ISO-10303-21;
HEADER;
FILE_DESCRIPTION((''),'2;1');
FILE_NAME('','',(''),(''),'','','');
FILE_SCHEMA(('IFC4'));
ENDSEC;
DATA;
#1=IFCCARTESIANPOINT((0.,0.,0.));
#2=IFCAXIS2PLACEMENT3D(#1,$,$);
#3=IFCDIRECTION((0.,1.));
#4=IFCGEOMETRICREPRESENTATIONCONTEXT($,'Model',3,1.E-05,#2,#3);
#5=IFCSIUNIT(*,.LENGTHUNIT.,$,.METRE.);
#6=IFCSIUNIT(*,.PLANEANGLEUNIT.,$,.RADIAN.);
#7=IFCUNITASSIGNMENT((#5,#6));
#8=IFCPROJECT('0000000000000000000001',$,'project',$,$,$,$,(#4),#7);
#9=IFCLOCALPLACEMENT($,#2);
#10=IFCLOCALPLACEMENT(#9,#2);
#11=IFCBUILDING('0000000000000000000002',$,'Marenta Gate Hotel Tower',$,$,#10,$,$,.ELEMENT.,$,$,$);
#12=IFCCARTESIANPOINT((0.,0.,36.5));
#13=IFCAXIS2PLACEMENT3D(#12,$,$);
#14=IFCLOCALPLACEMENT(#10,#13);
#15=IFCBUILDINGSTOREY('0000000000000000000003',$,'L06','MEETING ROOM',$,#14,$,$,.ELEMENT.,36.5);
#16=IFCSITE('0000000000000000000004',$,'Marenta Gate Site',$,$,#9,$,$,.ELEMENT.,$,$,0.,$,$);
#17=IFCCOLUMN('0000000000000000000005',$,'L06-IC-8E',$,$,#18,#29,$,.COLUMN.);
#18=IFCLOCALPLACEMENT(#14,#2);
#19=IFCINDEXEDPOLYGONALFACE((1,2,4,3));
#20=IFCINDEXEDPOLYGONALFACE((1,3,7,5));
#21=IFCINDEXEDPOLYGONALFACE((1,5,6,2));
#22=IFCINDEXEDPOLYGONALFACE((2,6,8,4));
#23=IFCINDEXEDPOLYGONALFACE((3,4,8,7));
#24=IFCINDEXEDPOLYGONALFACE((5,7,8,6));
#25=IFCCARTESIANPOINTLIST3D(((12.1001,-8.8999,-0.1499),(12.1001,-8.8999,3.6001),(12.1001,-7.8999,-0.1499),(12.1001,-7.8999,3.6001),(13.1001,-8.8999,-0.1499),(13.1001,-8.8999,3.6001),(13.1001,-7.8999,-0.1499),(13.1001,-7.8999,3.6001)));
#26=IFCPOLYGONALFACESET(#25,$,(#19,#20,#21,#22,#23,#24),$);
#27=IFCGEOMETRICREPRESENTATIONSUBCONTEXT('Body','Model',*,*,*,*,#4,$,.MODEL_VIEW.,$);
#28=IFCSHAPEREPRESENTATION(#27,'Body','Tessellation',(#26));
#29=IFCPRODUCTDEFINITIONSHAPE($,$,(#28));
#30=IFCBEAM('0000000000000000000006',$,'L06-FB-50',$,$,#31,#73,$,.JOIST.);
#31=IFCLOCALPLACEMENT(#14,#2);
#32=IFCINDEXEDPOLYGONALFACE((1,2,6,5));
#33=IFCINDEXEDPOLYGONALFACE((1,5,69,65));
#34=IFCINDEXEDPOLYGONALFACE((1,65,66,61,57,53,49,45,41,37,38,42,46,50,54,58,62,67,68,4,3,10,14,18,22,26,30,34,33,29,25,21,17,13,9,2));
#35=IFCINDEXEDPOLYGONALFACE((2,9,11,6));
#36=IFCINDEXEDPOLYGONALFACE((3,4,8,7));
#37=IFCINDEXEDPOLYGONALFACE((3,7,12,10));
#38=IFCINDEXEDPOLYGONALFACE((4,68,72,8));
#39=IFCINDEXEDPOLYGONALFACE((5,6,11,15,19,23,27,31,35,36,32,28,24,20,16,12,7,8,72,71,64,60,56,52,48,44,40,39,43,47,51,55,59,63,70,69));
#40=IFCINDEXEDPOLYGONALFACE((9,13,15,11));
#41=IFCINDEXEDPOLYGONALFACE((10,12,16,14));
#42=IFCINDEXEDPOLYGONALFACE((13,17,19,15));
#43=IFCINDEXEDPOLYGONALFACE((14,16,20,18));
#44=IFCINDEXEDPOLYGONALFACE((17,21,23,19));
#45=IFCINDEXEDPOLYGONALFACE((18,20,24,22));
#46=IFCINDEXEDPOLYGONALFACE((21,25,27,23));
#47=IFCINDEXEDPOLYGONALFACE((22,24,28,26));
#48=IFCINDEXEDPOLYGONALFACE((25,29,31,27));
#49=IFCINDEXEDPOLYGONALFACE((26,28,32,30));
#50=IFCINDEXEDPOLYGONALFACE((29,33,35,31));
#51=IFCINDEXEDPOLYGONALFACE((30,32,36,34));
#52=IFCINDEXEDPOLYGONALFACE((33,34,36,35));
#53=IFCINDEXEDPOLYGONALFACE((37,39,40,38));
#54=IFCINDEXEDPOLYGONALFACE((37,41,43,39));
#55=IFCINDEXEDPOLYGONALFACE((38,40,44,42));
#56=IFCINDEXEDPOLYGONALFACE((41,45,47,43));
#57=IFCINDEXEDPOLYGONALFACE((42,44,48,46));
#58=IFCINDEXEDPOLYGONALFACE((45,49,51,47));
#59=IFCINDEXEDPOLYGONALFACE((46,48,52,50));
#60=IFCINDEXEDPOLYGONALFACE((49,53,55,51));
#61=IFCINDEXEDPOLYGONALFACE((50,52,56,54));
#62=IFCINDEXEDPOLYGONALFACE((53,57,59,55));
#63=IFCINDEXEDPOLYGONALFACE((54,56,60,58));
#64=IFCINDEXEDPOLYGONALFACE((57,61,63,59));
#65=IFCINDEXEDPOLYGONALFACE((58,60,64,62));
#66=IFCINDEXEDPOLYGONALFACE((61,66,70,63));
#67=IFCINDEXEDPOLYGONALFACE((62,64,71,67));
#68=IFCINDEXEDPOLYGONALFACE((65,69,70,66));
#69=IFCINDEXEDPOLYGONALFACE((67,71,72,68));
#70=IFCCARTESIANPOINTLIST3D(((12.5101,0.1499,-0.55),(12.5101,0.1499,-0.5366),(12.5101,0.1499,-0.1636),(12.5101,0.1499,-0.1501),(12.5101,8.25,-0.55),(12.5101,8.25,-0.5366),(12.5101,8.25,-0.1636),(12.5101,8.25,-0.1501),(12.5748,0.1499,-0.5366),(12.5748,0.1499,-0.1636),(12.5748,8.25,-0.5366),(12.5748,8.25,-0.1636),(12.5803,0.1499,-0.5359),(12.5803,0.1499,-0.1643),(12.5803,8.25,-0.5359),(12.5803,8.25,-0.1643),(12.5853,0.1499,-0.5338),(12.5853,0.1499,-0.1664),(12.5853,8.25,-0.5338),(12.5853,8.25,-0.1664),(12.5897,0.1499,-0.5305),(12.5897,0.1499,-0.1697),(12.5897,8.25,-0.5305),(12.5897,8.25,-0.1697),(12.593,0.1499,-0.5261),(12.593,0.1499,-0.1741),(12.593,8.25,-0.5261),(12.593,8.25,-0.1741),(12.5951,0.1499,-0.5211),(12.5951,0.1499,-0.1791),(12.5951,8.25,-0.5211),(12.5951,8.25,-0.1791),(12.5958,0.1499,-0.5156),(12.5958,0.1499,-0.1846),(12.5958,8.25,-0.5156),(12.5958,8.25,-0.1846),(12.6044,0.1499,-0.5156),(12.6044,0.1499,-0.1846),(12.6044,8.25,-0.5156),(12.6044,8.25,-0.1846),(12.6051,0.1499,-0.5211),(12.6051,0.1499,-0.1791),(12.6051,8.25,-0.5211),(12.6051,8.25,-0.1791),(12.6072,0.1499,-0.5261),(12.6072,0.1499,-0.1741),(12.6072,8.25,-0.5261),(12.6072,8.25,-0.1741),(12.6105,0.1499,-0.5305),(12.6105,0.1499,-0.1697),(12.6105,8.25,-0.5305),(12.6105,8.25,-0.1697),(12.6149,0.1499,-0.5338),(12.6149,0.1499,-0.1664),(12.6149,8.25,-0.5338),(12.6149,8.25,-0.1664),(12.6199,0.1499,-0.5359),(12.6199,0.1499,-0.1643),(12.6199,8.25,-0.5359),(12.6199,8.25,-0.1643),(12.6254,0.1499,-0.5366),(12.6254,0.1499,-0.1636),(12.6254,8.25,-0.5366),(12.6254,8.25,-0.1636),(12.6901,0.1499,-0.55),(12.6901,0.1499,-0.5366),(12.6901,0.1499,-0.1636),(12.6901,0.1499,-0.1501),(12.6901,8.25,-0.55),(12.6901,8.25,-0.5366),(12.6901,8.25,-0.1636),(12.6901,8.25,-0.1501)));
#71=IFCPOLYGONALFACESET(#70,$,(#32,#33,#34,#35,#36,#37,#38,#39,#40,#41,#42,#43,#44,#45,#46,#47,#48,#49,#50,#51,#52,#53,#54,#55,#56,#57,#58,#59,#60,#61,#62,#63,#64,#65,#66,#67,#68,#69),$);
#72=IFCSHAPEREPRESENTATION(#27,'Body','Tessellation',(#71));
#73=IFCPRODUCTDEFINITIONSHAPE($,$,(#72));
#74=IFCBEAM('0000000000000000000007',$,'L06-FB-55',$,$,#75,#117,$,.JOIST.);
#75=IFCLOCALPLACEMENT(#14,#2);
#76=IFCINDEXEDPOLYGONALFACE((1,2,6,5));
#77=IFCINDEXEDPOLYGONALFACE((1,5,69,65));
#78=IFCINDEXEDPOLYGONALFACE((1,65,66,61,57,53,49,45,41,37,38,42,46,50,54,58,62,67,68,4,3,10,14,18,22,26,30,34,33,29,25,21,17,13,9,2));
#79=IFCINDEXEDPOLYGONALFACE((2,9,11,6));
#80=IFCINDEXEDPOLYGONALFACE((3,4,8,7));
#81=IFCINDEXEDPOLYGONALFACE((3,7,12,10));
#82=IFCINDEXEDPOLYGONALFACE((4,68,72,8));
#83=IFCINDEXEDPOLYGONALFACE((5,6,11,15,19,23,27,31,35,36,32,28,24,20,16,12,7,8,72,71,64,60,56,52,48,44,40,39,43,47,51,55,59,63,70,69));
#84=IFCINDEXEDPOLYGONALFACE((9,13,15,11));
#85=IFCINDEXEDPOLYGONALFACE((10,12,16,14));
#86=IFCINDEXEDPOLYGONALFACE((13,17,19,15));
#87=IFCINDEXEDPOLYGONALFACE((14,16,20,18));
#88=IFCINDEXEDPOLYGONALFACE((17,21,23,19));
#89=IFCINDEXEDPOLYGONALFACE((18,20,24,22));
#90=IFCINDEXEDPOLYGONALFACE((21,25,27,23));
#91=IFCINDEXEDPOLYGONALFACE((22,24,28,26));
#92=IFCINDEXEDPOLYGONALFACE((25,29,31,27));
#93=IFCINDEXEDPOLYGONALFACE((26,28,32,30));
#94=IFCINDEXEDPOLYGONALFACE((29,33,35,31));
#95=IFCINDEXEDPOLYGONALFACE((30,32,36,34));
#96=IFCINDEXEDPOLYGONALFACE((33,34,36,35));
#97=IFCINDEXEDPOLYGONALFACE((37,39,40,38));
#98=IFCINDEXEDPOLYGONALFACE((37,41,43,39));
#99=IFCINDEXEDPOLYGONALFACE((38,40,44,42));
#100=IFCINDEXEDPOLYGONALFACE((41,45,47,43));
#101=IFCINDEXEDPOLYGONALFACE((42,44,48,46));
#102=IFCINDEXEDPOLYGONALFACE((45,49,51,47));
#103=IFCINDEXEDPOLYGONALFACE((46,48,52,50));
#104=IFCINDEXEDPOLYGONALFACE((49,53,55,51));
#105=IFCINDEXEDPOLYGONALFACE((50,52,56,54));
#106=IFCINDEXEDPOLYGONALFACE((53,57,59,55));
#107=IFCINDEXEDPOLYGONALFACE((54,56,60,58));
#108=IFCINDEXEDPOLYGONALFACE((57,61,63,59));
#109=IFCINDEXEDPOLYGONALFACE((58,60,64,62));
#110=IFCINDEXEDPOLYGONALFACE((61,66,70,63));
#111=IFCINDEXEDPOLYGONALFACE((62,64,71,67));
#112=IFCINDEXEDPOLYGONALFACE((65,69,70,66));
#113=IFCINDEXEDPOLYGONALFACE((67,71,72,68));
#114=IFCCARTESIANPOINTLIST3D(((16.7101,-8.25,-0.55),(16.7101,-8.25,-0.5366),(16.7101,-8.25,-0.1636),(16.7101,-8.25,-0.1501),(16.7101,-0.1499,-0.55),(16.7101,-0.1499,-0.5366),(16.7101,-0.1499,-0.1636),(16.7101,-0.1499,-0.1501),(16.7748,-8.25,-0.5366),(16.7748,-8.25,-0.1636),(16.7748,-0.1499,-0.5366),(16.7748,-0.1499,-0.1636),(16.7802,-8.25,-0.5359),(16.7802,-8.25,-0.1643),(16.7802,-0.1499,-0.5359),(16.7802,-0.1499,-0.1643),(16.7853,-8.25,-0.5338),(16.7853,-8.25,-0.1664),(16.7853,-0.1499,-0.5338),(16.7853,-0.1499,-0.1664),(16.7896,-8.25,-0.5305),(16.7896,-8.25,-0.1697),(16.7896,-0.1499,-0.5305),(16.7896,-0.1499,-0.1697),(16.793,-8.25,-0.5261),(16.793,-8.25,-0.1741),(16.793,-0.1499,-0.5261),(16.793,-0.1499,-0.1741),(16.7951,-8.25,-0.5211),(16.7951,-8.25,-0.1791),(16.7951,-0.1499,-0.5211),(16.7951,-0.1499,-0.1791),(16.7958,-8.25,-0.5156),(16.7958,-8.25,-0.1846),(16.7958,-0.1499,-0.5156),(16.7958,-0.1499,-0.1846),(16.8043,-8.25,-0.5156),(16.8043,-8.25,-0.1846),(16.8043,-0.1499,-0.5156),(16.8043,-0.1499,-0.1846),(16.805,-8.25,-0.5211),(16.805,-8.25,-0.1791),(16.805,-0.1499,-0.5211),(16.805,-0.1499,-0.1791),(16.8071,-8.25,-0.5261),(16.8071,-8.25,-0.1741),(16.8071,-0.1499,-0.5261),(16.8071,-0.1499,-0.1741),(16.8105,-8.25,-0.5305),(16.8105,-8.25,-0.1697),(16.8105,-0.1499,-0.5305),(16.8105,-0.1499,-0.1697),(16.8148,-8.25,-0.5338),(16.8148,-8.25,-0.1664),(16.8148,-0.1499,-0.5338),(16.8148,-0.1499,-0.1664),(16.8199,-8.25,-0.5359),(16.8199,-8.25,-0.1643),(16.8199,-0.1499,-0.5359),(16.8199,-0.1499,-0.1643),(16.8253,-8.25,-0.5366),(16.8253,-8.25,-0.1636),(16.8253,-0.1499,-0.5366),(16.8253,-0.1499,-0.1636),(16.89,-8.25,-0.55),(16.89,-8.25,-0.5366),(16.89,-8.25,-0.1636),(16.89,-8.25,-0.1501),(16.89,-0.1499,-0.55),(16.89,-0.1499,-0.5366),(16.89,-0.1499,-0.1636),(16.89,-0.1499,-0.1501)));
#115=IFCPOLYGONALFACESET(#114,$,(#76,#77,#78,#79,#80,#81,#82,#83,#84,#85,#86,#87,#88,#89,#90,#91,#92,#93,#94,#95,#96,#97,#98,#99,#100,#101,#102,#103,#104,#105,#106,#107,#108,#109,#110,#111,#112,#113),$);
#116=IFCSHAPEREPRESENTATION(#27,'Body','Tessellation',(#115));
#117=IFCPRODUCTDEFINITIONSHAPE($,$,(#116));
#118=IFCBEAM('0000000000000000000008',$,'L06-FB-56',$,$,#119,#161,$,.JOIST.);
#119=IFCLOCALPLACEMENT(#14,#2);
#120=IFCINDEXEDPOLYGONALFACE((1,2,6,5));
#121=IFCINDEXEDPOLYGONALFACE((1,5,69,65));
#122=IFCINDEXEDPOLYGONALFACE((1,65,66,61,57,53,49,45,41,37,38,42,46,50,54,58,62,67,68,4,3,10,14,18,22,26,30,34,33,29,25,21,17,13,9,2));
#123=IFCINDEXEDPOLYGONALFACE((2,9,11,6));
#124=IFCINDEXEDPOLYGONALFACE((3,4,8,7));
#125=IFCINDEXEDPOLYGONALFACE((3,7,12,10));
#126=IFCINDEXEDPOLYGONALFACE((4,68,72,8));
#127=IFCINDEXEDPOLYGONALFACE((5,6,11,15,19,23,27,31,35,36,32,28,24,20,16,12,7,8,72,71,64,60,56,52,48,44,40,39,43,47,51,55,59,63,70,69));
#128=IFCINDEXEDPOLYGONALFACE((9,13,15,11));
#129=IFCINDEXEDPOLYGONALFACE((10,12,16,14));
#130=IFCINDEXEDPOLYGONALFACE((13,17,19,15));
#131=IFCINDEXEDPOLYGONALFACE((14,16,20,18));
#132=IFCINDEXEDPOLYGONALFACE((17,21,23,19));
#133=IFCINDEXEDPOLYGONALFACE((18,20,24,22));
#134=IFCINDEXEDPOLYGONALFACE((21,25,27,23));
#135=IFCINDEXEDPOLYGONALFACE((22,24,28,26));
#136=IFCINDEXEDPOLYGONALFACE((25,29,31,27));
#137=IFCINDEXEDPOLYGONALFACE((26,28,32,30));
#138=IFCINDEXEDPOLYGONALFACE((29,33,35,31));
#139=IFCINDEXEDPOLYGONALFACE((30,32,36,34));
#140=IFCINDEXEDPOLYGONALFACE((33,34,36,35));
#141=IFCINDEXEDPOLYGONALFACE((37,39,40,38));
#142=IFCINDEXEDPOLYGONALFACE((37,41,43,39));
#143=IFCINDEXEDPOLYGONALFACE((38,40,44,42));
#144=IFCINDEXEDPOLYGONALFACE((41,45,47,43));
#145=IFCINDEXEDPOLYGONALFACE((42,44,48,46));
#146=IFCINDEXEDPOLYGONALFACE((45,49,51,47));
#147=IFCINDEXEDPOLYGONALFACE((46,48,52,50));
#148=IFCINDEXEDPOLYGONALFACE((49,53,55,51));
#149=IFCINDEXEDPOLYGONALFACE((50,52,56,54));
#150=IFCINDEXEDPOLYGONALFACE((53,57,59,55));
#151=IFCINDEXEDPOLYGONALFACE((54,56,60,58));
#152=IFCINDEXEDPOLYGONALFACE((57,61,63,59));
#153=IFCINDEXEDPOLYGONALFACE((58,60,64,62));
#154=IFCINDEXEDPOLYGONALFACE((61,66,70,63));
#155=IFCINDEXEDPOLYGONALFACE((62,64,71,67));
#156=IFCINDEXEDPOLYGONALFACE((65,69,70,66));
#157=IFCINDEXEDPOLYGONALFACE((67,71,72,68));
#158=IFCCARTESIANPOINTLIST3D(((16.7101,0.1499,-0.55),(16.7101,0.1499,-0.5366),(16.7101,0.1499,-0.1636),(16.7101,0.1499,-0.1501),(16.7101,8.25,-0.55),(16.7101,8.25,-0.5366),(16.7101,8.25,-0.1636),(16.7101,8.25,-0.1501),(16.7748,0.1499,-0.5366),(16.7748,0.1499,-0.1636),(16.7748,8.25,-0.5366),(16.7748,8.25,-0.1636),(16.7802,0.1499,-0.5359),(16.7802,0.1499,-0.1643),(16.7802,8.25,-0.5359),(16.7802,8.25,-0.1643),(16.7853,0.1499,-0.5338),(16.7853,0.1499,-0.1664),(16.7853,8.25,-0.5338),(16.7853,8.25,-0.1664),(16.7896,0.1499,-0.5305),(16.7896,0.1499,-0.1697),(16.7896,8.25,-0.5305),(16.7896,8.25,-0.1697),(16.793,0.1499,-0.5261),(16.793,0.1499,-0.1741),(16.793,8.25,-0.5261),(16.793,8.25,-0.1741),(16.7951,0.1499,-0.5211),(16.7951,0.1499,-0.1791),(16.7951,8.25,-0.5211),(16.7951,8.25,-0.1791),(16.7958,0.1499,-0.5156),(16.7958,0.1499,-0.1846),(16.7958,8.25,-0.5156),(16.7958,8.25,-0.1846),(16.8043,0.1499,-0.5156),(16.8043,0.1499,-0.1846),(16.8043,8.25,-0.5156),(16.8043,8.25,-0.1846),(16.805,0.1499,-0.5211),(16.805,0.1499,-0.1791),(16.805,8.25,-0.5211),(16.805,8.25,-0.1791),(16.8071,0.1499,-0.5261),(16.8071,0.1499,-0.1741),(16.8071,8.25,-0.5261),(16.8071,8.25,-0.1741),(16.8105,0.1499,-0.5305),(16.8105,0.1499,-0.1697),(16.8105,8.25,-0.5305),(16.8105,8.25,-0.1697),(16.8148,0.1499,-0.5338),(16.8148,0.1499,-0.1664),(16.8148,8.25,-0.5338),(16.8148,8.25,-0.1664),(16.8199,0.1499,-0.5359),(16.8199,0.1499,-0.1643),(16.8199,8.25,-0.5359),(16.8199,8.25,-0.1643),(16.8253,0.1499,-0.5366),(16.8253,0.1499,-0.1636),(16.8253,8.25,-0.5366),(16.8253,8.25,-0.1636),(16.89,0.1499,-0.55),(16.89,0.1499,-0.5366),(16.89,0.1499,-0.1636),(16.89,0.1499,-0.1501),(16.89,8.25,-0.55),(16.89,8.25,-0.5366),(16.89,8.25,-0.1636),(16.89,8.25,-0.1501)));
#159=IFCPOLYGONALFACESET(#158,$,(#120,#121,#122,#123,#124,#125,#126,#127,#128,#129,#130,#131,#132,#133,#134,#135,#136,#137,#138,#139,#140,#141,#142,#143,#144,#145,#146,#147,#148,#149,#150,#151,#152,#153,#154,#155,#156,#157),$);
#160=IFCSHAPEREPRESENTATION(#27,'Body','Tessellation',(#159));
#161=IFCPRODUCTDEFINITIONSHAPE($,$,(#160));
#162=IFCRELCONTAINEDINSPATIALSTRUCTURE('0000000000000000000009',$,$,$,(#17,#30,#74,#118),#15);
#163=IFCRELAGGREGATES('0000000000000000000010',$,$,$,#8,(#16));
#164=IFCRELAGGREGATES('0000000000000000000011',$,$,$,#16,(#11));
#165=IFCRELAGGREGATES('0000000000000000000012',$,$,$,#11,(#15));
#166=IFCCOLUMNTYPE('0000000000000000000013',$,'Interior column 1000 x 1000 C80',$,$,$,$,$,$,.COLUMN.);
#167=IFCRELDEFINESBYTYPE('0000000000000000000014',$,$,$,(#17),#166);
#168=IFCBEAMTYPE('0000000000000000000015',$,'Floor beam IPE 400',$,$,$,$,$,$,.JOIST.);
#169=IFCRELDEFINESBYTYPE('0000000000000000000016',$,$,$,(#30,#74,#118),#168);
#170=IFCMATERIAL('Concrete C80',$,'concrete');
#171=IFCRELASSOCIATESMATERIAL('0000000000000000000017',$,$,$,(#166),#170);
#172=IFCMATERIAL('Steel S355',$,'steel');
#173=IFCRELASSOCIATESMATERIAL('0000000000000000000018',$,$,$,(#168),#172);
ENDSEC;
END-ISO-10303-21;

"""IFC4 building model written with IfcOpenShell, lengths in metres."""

from ifc_helpers import new_model, si_unit, direction, frame, origin, origin_2d, place, context, subcontext, project, spatial, rectangle, i_section, extrude, material, material_profile, profile_set, type_object, element, save


model = new_model("IFC4")

# Units and contexts
model_context = context("Model", 3, precision=1e-05, world=origin(), true_north=direction((0.0, 1.0)))
body_context = subcontext(model_context, "Body", "Model", "MODEL_VIEW")
ifc_project = project(units=[si_unit("LENGTHUNIT", "METRE"), si_unit("PLANEANGLEUNIT", "RADIAN")], contexts=[model_context])

# Site, building, storey
site_placement = place(None, origin())
site = spatial("IfcSite", under=ifc_project, at=site_placement, Name="Marenta Gate Site", CompositionType="ELEMENT", RefElevation=0.0)
building_placement = place(site_placement, origin())
building = spatial("IfcBuilding", under=site, at=building_placement, Name="Marenta Gate Hotel Tower", CompositionType="ELEMENT")
storey_placement = place(building_placement, frame((0.0, 0.0, 36.5)))
storey = spatial("IfcBuildingStorey", under=building, at=storey_placement, Name="L06", Description="MEETING ROOM", CompositionType="ELEMENT", Elevation=36.5)

# Column
ifc_material_1 = material(Name="Concrete C80", Category="concrete")
ifc_material_profile_1 = material_profile(ifc_material_1, rectangle(XDim=1.0, YDim=1.0, at=origin_2d()), Name="1000 x 1000")
ifc_profile_set_1 = profile_set([ifc_material_profile_1], Name="Concrete C80")
column_type = type_object("IfcColumnType", Name="Interior column 1000 x 1000 C80", PredefinedType="COLUMN", material=ifc_profile_set_1)
column_placement = place(storey_placement, frame((12.6001, -8.3999, -0.1499), z_axis=(0.0, 0.0, 1.0), x_axis=(1.0, 0.0, 0.0)))
element("IfcColumn", 1, at=column_placement, inside=storey, type_object=column_type, Name="L06-IC-8E", PredefinedType="COLUMN", context=body_context, shape_type="SweptSolid", body=[
    extrude(rectangle(XDim=1.0, YDim=1.0, at=origin_2d()), origin(), (0.0, 0.0, 1.0), 3.75),
])

# Beams
ifc_material_2 = material(Name="Steel S355", Category="steel")
ifc_material_profile_2 = material_profile(ifc_material_2, i_section(OverallWidth=0.1799, OverallDepth=0.3999, WebThickness=0.0085, FlangeThickness=0.0134, FilletRadius=0.021, at=origin_2d()), Name="IPE 400")
ifc_profile_set_2 = profile_set([ifc_material_profile_2], Name="Steel S355")
beam_type_1 = type_object("IfcBeamType", Name="Floor beam IPE 400", PredefinedType="JOIST", material=ifc_profile_set_2)
for number, where, z_axis, x_axis, name in (
    (2, (12.6001, 0.1499, -0.3501), (0.0, 1.0, 0.0), (-1.0, 0.0, 0.0), "L06-FB-50"),
    (3, (16.8, -8.25, -0.3501), (0.0, 1.0, 0.0), (-1.0, 0.0, 0.0), "L06-FB-55"),
    (4, (16.8, 0.1499, -0.3501), (0.0, 1.0, 0.0), (-1.0, 0.0, 0.0), "L06-FB-56"),
):
    element("IfcBeam", number, at=place(storey_placement, frame(where, z_axis=z_axis, x_axis=x_axis)), inside=storey, type_object=beam_type_1, Name=name, PredefinedType="JOIST", context=body_context, shape_type="SweptSolid", body=[
        extrude(i_section(OverallWidth=0.1799, OverallDepth=0.3999, WebThickness=0.0085, FlangeThickness=0.0134, FilletRadius=0.021, at=origin_2d()), origin(), (0.0, 0.0, 1.0), 8.1001),
    ])

save(model, "model.ifc")
